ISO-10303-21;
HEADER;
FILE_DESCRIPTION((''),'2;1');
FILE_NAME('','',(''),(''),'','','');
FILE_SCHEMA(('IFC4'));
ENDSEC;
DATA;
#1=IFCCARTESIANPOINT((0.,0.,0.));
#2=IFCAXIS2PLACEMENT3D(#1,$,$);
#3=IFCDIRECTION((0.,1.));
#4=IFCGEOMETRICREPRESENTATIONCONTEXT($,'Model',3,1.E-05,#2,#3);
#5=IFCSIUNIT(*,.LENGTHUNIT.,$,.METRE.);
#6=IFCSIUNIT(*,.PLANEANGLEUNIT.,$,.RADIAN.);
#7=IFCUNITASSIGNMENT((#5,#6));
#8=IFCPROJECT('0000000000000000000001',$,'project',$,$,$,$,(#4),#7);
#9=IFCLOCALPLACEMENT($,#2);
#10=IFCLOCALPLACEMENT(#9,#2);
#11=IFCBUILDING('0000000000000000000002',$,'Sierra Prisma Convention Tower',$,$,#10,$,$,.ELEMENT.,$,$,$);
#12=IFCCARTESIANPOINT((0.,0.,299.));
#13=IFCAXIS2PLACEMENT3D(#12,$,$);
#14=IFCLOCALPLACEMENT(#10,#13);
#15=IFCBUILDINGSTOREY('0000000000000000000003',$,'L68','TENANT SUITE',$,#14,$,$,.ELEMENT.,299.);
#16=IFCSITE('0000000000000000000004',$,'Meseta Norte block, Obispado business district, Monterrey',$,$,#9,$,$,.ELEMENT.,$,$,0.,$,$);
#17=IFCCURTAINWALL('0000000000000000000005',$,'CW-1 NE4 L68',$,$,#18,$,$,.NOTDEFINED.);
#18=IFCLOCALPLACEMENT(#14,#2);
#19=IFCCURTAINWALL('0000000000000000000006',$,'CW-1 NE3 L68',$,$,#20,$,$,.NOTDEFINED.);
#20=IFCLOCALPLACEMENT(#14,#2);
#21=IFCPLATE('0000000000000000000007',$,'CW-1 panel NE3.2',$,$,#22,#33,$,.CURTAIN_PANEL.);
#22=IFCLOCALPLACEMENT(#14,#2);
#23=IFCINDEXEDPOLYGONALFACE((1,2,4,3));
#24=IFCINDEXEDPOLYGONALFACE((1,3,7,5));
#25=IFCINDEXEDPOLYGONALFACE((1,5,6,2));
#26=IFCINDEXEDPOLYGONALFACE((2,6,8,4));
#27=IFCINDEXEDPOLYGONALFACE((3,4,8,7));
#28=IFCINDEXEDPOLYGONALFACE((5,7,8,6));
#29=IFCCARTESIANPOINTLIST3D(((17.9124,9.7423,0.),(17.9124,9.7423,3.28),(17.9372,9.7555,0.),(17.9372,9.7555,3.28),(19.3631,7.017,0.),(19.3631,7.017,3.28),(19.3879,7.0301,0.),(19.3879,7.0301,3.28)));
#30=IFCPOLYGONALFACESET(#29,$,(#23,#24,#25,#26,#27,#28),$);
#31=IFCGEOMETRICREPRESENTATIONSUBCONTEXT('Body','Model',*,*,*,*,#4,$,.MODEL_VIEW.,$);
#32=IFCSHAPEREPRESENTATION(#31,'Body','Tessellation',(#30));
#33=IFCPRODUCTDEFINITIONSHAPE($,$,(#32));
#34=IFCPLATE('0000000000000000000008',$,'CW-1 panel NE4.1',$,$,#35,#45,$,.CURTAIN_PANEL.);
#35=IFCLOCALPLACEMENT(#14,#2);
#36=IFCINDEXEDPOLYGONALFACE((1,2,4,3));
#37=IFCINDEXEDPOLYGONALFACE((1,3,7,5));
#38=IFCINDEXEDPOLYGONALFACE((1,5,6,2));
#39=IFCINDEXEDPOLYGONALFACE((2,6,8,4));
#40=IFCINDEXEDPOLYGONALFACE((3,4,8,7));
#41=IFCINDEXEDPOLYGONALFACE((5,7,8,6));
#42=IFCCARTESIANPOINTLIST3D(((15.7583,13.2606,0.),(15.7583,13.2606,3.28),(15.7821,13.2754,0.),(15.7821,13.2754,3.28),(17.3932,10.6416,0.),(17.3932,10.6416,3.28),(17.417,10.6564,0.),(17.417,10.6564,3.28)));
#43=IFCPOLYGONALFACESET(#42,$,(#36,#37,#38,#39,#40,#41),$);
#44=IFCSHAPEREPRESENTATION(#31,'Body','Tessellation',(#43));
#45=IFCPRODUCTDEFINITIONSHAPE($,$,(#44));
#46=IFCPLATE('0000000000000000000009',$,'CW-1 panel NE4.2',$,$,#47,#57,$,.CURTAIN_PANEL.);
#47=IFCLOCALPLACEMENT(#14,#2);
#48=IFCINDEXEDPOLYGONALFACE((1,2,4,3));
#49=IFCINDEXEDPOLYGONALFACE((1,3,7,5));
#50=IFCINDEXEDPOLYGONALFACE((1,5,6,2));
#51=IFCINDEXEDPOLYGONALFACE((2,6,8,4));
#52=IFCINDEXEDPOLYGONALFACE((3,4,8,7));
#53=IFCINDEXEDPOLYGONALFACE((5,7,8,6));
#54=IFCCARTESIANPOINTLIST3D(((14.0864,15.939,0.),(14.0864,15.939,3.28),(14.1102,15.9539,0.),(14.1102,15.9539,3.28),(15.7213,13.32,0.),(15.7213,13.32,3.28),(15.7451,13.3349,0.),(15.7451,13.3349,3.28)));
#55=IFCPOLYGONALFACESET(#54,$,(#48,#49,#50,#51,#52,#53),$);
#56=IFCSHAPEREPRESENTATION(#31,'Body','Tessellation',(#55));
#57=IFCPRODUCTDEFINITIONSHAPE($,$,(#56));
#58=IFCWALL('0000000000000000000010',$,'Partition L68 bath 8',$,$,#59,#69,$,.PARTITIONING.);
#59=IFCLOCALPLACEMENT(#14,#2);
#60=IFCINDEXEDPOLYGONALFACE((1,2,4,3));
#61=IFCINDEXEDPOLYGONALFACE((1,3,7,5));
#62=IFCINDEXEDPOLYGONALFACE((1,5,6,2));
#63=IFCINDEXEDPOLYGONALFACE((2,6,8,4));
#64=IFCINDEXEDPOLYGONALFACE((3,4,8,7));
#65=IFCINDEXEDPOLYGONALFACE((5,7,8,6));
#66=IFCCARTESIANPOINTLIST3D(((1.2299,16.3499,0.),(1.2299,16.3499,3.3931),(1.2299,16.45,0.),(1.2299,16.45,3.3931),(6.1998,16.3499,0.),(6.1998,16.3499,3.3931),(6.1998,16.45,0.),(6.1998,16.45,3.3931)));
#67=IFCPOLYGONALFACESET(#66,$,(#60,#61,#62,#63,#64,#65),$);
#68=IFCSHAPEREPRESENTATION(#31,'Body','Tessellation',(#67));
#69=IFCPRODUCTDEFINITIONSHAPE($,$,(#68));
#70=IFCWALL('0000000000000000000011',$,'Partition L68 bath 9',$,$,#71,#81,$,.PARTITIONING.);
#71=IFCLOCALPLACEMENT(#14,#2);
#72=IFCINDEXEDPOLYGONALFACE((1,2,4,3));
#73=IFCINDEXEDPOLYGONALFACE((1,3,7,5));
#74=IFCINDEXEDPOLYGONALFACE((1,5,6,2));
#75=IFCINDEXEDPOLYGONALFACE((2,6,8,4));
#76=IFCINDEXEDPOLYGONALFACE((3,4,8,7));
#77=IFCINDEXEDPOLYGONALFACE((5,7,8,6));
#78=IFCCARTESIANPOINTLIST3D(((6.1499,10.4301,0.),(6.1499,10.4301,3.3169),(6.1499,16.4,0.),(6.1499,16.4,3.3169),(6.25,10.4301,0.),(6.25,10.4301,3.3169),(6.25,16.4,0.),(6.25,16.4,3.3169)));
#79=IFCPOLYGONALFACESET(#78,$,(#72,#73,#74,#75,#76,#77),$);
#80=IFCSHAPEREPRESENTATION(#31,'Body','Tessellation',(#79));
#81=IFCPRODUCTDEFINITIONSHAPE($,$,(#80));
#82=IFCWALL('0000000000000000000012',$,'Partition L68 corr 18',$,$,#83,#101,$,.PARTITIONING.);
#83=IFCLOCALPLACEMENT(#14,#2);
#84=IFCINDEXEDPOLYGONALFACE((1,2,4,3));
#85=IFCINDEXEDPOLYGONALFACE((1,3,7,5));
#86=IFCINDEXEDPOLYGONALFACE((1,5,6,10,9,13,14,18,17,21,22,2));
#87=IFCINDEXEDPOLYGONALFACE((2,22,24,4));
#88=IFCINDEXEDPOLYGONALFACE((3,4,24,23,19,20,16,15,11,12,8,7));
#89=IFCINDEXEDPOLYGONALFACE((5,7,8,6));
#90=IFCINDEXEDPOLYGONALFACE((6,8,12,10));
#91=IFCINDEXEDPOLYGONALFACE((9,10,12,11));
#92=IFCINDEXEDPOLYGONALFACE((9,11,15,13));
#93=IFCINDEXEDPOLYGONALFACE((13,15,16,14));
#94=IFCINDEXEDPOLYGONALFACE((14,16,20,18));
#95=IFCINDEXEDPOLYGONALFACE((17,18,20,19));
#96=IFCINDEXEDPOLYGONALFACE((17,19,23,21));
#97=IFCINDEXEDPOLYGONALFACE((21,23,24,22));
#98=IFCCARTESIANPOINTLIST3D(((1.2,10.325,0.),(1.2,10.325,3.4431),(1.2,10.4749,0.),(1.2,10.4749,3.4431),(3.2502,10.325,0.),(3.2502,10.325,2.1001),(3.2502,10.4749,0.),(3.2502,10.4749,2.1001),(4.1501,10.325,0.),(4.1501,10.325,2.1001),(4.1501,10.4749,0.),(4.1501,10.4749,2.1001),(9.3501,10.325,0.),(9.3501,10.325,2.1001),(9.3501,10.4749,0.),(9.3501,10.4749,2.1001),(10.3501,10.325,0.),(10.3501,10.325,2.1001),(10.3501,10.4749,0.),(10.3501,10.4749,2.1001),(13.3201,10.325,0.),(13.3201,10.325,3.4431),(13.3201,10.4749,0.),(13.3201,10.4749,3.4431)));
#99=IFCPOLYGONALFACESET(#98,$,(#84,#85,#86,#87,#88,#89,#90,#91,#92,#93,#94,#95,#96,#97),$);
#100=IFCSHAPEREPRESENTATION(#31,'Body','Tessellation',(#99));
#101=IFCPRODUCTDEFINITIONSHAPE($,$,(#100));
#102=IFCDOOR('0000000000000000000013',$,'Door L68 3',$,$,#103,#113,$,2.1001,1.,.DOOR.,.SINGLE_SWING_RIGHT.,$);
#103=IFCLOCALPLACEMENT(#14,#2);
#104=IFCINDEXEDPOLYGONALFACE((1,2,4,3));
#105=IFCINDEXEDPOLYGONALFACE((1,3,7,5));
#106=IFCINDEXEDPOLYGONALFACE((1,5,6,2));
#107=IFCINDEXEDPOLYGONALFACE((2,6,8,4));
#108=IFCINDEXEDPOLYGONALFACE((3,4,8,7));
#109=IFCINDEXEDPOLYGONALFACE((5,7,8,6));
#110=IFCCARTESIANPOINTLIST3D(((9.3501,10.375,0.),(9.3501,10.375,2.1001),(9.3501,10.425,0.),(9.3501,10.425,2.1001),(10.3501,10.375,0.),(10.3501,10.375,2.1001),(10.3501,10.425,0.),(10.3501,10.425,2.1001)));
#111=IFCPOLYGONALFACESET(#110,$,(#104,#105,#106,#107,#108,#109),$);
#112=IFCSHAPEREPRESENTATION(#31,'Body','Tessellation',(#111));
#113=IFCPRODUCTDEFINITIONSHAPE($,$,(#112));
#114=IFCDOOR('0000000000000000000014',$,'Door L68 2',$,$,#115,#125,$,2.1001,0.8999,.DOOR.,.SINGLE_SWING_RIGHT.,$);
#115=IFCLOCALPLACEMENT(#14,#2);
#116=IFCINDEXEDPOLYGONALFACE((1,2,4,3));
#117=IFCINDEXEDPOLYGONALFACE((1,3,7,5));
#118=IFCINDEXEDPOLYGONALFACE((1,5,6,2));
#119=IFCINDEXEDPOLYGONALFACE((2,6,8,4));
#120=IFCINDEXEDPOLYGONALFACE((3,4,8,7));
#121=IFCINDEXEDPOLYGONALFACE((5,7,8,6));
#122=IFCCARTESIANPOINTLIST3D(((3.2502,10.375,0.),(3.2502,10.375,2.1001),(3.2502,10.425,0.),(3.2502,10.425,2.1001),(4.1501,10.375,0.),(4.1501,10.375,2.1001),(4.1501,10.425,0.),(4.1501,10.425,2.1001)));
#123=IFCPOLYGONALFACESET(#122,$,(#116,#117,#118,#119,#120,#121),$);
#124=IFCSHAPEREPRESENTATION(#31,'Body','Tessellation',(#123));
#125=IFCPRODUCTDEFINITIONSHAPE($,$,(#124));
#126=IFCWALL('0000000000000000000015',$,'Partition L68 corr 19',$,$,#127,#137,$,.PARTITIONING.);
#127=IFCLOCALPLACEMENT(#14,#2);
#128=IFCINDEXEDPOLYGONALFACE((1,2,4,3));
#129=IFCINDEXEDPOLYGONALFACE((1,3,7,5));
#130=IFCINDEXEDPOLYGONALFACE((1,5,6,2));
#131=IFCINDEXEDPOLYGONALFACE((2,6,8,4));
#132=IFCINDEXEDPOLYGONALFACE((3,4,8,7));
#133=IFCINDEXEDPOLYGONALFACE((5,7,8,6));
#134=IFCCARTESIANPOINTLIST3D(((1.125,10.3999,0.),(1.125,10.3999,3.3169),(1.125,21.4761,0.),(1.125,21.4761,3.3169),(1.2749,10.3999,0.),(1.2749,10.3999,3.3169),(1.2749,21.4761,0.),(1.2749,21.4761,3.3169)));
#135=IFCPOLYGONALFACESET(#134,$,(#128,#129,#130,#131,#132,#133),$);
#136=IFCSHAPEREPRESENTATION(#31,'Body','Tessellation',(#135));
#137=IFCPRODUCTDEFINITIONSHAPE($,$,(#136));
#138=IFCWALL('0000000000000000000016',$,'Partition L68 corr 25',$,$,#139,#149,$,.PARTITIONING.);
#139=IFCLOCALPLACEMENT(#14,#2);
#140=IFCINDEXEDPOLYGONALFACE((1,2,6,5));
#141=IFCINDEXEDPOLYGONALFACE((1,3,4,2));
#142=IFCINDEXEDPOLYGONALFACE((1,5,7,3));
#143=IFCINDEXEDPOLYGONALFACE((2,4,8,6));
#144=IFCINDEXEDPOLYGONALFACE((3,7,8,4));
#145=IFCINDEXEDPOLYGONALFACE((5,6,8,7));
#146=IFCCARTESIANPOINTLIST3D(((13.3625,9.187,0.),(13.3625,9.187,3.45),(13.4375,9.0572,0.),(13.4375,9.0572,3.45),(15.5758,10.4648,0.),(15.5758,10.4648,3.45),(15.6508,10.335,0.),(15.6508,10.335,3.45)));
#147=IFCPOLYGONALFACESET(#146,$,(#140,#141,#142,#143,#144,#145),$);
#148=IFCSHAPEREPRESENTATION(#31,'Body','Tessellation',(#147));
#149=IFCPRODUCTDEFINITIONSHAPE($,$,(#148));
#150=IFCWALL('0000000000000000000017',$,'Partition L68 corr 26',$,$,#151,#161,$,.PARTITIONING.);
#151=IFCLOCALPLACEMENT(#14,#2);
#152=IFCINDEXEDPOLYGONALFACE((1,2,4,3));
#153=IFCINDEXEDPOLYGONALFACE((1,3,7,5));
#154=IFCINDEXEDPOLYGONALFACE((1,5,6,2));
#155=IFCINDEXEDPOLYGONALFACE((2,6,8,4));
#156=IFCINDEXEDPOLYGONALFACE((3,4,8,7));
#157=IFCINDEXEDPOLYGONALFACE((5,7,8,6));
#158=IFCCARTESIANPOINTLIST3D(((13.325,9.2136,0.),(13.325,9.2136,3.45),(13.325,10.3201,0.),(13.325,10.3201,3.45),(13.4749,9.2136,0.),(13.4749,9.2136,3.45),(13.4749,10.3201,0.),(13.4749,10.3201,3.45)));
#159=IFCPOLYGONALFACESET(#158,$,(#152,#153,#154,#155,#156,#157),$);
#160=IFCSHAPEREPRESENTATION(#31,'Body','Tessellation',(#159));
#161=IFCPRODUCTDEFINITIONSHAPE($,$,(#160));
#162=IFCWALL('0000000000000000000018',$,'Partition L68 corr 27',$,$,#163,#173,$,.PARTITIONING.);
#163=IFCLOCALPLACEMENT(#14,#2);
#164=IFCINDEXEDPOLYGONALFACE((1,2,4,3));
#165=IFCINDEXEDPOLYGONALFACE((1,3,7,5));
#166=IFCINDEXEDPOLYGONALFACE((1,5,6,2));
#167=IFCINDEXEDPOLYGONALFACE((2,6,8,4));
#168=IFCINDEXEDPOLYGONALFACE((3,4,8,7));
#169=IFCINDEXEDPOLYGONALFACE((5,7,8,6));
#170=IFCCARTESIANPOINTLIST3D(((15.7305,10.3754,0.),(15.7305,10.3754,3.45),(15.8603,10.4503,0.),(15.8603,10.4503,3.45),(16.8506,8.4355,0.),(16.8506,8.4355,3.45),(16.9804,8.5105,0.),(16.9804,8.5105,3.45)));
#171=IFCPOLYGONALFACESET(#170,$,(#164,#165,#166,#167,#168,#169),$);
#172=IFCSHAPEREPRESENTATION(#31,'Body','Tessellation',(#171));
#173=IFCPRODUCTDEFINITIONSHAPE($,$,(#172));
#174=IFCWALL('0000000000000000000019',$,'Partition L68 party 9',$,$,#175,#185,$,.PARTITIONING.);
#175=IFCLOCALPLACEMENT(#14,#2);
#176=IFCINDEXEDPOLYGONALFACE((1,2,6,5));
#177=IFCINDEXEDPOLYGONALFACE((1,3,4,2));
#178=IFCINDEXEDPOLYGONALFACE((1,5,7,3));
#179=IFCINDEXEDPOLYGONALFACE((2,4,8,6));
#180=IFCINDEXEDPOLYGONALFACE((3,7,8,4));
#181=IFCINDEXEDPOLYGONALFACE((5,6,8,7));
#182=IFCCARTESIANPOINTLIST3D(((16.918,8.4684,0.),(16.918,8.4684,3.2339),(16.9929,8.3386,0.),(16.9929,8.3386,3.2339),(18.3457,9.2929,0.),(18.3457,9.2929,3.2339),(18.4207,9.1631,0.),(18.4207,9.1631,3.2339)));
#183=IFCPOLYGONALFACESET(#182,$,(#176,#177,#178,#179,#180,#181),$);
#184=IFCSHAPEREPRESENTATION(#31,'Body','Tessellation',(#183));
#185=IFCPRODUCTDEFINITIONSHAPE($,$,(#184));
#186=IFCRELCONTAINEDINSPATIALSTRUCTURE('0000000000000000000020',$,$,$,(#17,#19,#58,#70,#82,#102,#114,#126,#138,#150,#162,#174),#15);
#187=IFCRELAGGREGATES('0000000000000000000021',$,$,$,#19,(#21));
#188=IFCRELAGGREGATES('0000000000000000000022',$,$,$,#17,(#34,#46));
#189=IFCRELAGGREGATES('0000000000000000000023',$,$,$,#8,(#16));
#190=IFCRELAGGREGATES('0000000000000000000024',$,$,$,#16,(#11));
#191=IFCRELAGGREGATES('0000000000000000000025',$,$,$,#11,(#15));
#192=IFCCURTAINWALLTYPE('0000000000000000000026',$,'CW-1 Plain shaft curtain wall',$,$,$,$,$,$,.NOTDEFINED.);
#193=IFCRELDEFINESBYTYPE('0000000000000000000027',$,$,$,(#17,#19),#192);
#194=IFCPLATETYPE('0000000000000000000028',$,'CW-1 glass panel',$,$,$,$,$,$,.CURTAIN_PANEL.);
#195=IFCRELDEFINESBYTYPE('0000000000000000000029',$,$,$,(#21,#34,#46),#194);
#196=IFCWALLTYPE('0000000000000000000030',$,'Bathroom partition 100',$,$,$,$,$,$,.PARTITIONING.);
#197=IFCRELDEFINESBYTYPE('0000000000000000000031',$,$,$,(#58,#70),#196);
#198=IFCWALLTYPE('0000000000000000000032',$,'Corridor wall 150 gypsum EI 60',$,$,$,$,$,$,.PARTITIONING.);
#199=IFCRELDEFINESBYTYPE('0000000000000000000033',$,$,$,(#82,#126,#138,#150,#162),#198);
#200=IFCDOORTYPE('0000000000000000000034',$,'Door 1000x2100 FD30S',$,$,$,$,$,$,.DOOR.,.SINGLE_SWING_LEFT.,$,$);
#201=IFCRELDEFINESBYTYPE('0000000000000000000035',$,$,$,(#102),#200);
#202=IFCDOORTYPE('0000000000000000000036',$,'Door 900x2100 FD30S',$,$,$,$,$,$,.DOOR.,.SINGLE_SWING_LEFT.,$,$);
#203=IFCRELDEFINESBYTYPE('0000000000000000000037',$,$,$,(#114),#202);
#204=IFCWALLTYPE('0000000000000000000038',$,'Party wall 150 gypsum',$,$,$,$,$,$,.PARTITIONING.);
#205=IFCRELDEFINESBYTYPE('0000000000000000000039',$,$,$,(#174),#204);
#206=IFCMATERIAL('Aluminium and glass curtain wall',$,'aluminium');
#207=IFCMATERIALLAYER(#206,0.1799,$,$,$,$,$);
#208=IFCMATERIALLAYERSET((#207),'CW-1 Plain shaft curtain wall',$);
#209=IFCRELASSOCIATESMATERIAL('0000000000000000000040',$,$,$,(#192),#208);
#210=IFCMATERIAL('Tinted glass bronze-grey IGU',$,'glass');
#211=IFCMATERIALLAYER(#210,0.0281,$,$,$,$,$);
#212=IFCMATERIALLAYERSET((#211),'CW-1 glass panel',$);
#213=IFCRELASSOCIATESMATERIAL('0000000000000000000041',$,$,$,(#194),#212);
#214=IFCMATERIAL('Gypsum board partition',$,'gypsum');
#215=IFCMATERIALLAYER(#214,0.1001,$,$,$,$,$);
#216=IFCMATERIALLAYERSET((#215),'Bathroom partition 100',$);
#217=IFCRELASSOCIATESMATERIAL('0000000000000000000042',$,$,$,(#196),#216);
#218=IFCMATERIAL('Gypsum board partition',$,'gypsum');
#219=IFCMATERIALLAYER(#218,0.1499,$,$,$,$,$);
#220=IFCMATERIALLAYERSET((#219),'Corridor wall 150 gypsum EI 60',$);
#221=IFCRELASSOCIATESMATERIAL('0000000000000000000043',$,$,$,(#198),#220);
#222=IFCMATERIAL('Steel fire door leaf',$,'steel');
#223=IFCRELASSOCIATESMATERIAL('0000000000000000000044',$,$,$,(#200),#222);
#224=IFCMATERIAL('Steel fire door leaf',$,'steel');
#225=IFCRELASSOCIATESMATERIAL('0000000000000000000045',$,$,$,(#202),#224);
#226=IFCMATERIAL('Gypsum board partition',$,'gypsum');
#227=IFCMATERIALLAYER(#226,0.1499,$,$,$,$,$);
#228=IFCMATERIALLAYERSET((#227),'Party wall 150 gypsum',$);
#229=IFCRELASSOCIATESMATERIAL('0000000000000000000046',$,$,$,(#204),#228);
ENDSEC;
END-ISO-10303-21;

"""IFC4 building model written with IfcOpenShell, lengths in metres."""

from ifc_helpers import new_model, si_unit, direction, frame, frame_2d, origin, origin_2d, place, context, subcontext, project, spatial, rectangle, extrude, material, layer, layer_set, type_object, element, fill, aggregate, save


model = new_model("IFC4")

# Units and contexts
model_context = context("Model", 3, precision=1e-05, world=origin(), true_north=direction((0.0, 1.0)))
body_context = subcontext(model_context, "Body", "Model", "MODEL_VIEW")
ifc_project = project(units=[si_unit("LENGTHUNIT", "METRE"), si_unit("PLANEANGLEUNIT", "RADIAN")], contexts=[model_context])

# Site, building, storey
site_placement = place(None, origin())
site = spatial("IfcSite", under=ifc_project, at=site_placement, Name="Meseta Norte block, Obispado business district, Monterrey", CompositionType="ELEMENT", RefElevation=0.0)
building_placement = place(site_placement, origin())
building = spatial("IfcBuilding", under=site, at=building_placement, Name="Sierra Prisma Convention Tower", CompositionType="ELEMENT")
storey_placement = place(building_placement, frame((0.0, 0.0, 299.0)))
storey = spatial("IfcBuildingStorey", under=building, at=storey_placement, Name="L68", Description="TENANT SUITE", CompositionType="ELEMENT", Elevation=299.0)

# Curtain wall
ifc_material_1 = material(Name="Aluminium and glass curtain wall", Category="aluminium")
ifc_layer_1 = layer(ifc_material_1, 0.1799)
ifc_layer_set_1 = layer_set([ifc_layer_1], Name="CW-1 Plain shaft curtain wall")
curtain_wall_type = type_object("IfcCurtainWallType", Name="CW-1 Plain shaft curtain wall", PredefinedType="NOTDEFINED", material=ifc_layer_set_1)
curtain_wall_1_placement = place(storey_placement, origin())
curtain_wall_1 = element("IfcCurtainWall", 1, at=curtain_wall_1_placement, inside=storey, type_object=curtain_wall_type, Name="CW-1 NE4 L68", PredefinedType="NOTDEFINED")

# Curtain wall, plate
curtain_wall_2_placement = place(storey_placement, origin())
curtain_wall_2 = element("IfcCurtainWall", 2, at=curtain_wall_2_placement, inside=storey, type_object=curtain_wall_type, Name="CW-1 NE3 L68", PredefinedType="NOTDEFINED")
ifc_material_2 = material(Name="Tinted glass bronze-grey IGU", Category="glass")
ifc_layer_2 = layer(ifc_material_2, 0.0281)
ifc_layer_set_2 = layer_set([ifc_layer_2], Name="CW-1 glass panel")
plate_type = type_object("IfcPlateType", Name="CW-1 glass panel", PredefinedType="CURTAIN_PANEL", material=ifc_layer_set_2)
plate_1_placement = place(storey_placement, frame((18.6501, 8.3862, 0.0), z_axis=(0.0, 0.0, 1.0), x_axis=(-0.469869, 0.882736, 0.0)))
plate_1 = element("IfcPlate", 3, at=plate_1_placement, type_object=plate_type, Name="CW-1 panel NE3.2", PredefinedType="CURTAIN_PANEL", context=body_context, shape_type="SweptSolid", body=[
    extrude(rectangle(XDim=3.0874, YDim=0.0281, at=origin_2d()), origin(), (0.0, 0.0, 1.0), 3.28),
])
aggregate(curtain_wall_2, [plate_1])

# Plates
plate_2_placement = place(storey_placement, frame((16.5876, 11.9585, 0.0), z_axis=(0.0, 0.0, 1.0), x_axis=(-0.529537, 0.848287, 0.0)))
plate_2 = element("IfcPlate", 4, at=plate_2_placement, type_object=plate_type, Name="CW-1 panel NE4.1", PredefinedType="CURTAIN_PANEL", context=body_context, shape_type="SweptSolid", body=[
    extrude(rectangle(XDim=3.0874, YDim=0.0281, at=origin_2d()), origin(), (0.0, 0.0, 1.0), 3.28),
])
plate_3_placement = place(storey_placement, frame((14.9158, 14.637, 0.0), z_axis=(0.0, 0.0, 1.0), x_axis=(-0.529537, 0.848287, 0.0)))
plate_3 = element("IfcPlate", 5, at=plate_3_placement, type_object=plate_type, Name="CW-1 panel NE4.2", PredefinedType="CURTAIN_PANEL", context=body_context, shape_type="SweptSolid", body=[
    extrude(rectangle(XDim=3.0874, YDim=0.0281, at=origin_2d()), origin(), (0.0, 0.0, 1.0), 3.28),
])
aggregate(curtain_wall_1, [plate_2, plate_3])

# Walls
ifc_material_3 = material(Name="Gypsum board partition", Category="gypsum")
ifc_layer_3 = layer(ifc_material_3, 0.1001)
ifc_layer_set_3 = layer_set([ifc_layer_3], Name="Bathroom partition 100")
wall_type_1 = type_object("IfcWallType", Name="Bathroom partition 100", PredefinedType="PARTITIONING", material=ifc_layer_set_3)
wall_1_placement = place(storey_placement, frame((1.23, 16.3999, 0.0), z_axis=(0.0, 0.0, 1.0), x_axis=(1.0, 0.0, 0.0)))
element("IfcWall", 6, at=wall_1_placement, inside=storey, type_object=wall_type_1, Name="Partition L68 bath 8", PredefinedType="PARTITIONING", context=body_context, shape_type="SweptSolid", body=[
    extrude(rectangle(XDim=4.97, YDim=0.1001, at=frame_2d((2.4849, 0.0))), origin(), (0.0, 0.0, 1.0), 3.3931),
])
wall_2_placement = place(storey_placement, frame((6.2, 16.3999, 0.0), z_axis=(0.0, 0.0, 1.0), x_axis=(0.0, -1.0, 0.0)))
element("IfcWall", 7, at=wall_2_placement, inside=storey, type_object=wall_type_1, Name="Partition L68 bath 9", PredefinedType="PARTITIONING", context=body_context, shape_type="SweptSolid", body=[
    extrude(rectangle(XDim=5.97, YDim=0.1001, at=frame_2d((2.9849, 0.0))), origin(), (0.0, 0.0, 1.0), 3.3169),
])

# Wall, openings, doors
ifc_material_4 = material(Name="Gypsum board partition", Category="gypsum")
ifc_layer_4 = layer(ifc_material_4, 0.1499)
ifc_layer_set_4 = layer_set([ifc_layer_4], Name="Corridor wall 150 gypsum EI 60")
wall_type_2 = type_object("IfcWallType", Name="Corridor wall 150 gypsum EI 60", PredefinedType="PARTITIONING", material=ifc_layer_set_4)
wall_3_placement = place(storey_placement, frame((13.3201, 10.3999, 0.0), z_axis=(0.0, 0.0, 1.0), x_axis=(-1.0, 0.0, 0.0)))
wall_3 = element("IfcWall", 8, at=wall_3_placement, inside=storey, type_object=wall_type_2, Name="Partition L68 corr 18", PredefinedType="PARTITIONING", context=body_context, shape_type="SweptSolid", body=[
    extrude(rectangle(XDim=12.1201, YDim=0.1499, at=frame_2d((6.0601, 0.0))), origin(), (0.0, 0.0, 1.0), 3.4431),
])
opening_1_placement = place(wall_3_placement, frame((9.1699, 0.0, 0.0)))
opening_1 = element("IfcOpeningElement", 9, at=opening_1_placement, cuts=wall_3, PredefinedType="OPENING", context=body_context, shape_type="SweptSolid", body=[
    extrude(rectangle(XDim=0.8999, YDim=2.1001, at=frame_2d((0.45, 1.05))), frame((0.0, 0.075, 0.0), z_axis=(0.0, -1.0, 0.0), x_axis=(1.0, 0.0, 0.0)), (0.0, 0.0, 1.0), 0.1499),
])
opening_2_placement = place(wall_3_placement, frame((2.97, 0.0, 0.0)))
opening_2 = element("IfcOpeningElement", 10, at=opening_2_placement, cuts=wall_3, PredefinedType="OPENING", context=body_context, shape_type="SweptSolid", body=[
    extrude(rectangle(XDim=1.0, YDim=2.1001, at=frame_2d((0.5, 1.05))), frame((0.0, 0.075, 0.0), z_axis=(0.0, -1.0, 0.0), x_axis=(1.0, 0.0, 0.0)), (0.0, 0.0, 1.0), 0.1499),
])
ifc_material_5 = material(Name="Steel fire door leaf", Category="steel")
door_type_1 = type_object("IfcDoorType", Name="Door 1000x2100 FD30S", OperationType="SINGLE_SWING_LEFT", PredefinedType="DOOR", material=ifc_material_5)
door_1_placement = place(opening_2_placement, origin())
door_1 = element("IfcDoor", 11, at=door_1_placement, inside=storey, type_object=door_type_1, Name="Door L68 3", OperationType="SINGLE_SWING_RIGHT", OverallHeight=2.1001, OverallWidth=1.0, PredefinedType="DOOR", context=body_context, shape_type="SweptSolid", body=[
    extrude(rectangle(XDim=1.0, YDim=2.1001, at=frame_2d((0.5, 1.05))), frame((0.0, 0.0249, 0.0), z_axis=(0.0, -1.0, 0.0), x_axis=(1.0, 0.0, 0.0)), (0.0, 0.0, 1.0), 0.05),
])
fill(opening_2, door_1)
ifc_material_6 = material(Name="Steel fire door leaf", Category="steel")
door_type_2 = type_object("IfcDoorType", Name="Door 900x2100 FD30S", OperationType="SINGLE_SWING_LEFT", PredefinedType="DOOR", material=ifc_material_6)
door_2_placement = place(opening_1_placement, origin())
door_2 = element("IfcDoor", 12, at=door_2_placement, inside=storey, type_object=door_type_2, Name="Door L68 2", OperationType="SINGLE_SWING_RIGHT", OverallHeight=2.1001, OverallWidth=0.8999, PredefinedType="DOOR", context=body_context, shape_type="SweptSolid", body=[
    extrude(rectangle(XDim=0.8999, YDim=2.1001, at=frame_2d((0.45, 1.05))), frame((0.0, 0.0249, 0.0), z_axis=(0.0, -1.0, 0.0), x_axis=(1.0, 0.0, 0.0)), (0.0, 0.0, 1.0), 0.05),
])
fill(opening_1, door_2)

# Walls
wall_4_placement = place(storey_placement, frame((1.2, 10.3999, 0.0), z_axis=(0.0, 0.0, 1.0), x_axis=(0.0, 1.0, 0.0)))
element("IfcWall", 13, at=wall_4_placement, inside=storey, type_object=wall_type_2, Name="Partition L68 corr 19", PredefinedType="PARTITIONING", context=body_context, shape_type="SweptSolid", body=[
    extrude(rectangle(XDim=11.0762, YDim=0.1499, at=frame_2d((5.5381, 0.0))), origin(), (0.0, 0.0, 1.0), 3.3169),
])
wall_5_placement = place(storey_placement, frame((15.6133, 10.3999, 0.0), z_axis=(0.0, 0.0, 1.0), x_axis=(-0.866036, -0.499982, 0.0)))
element("IfcWall", 14, at=wall_5_placement, inside=storey, type_object=wall_type_2, Name="Partition L68 corr 25", PredefinedType="PARTITIONING", context=body_context, shape_type="SweptSolid", body=[
    extrude(rectangle(XDim=2.5557, YDim=0.1499, at=frame_2d((1.2778, 0.0))), origin(), (0.0, 0.0, 1.0), 3.45),
])
wall_6_placement = place(storey_placement, frame((13.3999, 9.2136, 0.0), z_axis=(0.0, 0.0, 1.0), x_axis=(0.0, 1.0, 0.0)))
element("IfcWall", 15, at=wall_6_placement, inside=storey, type_object=wall_type_2, Name="Partition L68 corr 26", PredefinedType="PARTITIONING", context=body_context, shape_type="SweptSolid", body=[
    extrude(rectangle(XDim=1.1064, YDim=0.1499, at=frame_2d((0.5532, 0.0))), origin(), (0.0, 0.0, 1.0), 3.45),
])
wall_7_placement = place(storey_placement, frame((16.9155, 8.4729, 0.0), z_axis=(0.0, 0.0, 1.0), x_axis=(-0.500031, 0.866008, 0.0)))
element("IfcWall", 16, at=wall_7_placement, inside=storey, type_object=wall_type_2, Name="Partition L68 corr 27", PredefinedType="PARTITIONING", context=body_context, shape_type="SweptSolid", body=[
    extrude(rectangle(XDim=2.24, YDim=0.1499, at=frame_2d((1.1201, 0.0))), origin(), (0.0, 0.0, 1.0), 3.45),
])
ifc_material_7 = material(Name="Gypsum board partition", Category="gypsum")
ifc_layer_5 = layer(ifc_material_7, 0.1499)
ifc_layer_set_5 = layer_set([ifc_layer_5], Name="Party wall 150 gypsum")
wall_type_3 = type_object("IfcWallType", Name="Party wall 150 gypsum", PredefinedType="PARTITIONING", material=ifc_layer_set_5)
wall_8_placement = place(storey_placement, frame((16.9556, 8.4036, 0.0), z_axis=(0.0, 0.0, 1.0), x_axis=(0.865983, 0.500073, 0.0)))
element("IfcWall", 17, at=wall_8_placement, inside=storey, type_object=wall_type_3, Name="Partition L68 party 9", PredefinedType="PARTITIONING", context=body_context, shape_type="SweptSolid", body=[
    extrude(rectangle(XDim=1.6487, YDim=0.1499, at=frame_2d((0.8242, 0.0))), origin(), (0.0, 0.0, 1.0), 3.2339),
])

save(model, "model.ifc")
